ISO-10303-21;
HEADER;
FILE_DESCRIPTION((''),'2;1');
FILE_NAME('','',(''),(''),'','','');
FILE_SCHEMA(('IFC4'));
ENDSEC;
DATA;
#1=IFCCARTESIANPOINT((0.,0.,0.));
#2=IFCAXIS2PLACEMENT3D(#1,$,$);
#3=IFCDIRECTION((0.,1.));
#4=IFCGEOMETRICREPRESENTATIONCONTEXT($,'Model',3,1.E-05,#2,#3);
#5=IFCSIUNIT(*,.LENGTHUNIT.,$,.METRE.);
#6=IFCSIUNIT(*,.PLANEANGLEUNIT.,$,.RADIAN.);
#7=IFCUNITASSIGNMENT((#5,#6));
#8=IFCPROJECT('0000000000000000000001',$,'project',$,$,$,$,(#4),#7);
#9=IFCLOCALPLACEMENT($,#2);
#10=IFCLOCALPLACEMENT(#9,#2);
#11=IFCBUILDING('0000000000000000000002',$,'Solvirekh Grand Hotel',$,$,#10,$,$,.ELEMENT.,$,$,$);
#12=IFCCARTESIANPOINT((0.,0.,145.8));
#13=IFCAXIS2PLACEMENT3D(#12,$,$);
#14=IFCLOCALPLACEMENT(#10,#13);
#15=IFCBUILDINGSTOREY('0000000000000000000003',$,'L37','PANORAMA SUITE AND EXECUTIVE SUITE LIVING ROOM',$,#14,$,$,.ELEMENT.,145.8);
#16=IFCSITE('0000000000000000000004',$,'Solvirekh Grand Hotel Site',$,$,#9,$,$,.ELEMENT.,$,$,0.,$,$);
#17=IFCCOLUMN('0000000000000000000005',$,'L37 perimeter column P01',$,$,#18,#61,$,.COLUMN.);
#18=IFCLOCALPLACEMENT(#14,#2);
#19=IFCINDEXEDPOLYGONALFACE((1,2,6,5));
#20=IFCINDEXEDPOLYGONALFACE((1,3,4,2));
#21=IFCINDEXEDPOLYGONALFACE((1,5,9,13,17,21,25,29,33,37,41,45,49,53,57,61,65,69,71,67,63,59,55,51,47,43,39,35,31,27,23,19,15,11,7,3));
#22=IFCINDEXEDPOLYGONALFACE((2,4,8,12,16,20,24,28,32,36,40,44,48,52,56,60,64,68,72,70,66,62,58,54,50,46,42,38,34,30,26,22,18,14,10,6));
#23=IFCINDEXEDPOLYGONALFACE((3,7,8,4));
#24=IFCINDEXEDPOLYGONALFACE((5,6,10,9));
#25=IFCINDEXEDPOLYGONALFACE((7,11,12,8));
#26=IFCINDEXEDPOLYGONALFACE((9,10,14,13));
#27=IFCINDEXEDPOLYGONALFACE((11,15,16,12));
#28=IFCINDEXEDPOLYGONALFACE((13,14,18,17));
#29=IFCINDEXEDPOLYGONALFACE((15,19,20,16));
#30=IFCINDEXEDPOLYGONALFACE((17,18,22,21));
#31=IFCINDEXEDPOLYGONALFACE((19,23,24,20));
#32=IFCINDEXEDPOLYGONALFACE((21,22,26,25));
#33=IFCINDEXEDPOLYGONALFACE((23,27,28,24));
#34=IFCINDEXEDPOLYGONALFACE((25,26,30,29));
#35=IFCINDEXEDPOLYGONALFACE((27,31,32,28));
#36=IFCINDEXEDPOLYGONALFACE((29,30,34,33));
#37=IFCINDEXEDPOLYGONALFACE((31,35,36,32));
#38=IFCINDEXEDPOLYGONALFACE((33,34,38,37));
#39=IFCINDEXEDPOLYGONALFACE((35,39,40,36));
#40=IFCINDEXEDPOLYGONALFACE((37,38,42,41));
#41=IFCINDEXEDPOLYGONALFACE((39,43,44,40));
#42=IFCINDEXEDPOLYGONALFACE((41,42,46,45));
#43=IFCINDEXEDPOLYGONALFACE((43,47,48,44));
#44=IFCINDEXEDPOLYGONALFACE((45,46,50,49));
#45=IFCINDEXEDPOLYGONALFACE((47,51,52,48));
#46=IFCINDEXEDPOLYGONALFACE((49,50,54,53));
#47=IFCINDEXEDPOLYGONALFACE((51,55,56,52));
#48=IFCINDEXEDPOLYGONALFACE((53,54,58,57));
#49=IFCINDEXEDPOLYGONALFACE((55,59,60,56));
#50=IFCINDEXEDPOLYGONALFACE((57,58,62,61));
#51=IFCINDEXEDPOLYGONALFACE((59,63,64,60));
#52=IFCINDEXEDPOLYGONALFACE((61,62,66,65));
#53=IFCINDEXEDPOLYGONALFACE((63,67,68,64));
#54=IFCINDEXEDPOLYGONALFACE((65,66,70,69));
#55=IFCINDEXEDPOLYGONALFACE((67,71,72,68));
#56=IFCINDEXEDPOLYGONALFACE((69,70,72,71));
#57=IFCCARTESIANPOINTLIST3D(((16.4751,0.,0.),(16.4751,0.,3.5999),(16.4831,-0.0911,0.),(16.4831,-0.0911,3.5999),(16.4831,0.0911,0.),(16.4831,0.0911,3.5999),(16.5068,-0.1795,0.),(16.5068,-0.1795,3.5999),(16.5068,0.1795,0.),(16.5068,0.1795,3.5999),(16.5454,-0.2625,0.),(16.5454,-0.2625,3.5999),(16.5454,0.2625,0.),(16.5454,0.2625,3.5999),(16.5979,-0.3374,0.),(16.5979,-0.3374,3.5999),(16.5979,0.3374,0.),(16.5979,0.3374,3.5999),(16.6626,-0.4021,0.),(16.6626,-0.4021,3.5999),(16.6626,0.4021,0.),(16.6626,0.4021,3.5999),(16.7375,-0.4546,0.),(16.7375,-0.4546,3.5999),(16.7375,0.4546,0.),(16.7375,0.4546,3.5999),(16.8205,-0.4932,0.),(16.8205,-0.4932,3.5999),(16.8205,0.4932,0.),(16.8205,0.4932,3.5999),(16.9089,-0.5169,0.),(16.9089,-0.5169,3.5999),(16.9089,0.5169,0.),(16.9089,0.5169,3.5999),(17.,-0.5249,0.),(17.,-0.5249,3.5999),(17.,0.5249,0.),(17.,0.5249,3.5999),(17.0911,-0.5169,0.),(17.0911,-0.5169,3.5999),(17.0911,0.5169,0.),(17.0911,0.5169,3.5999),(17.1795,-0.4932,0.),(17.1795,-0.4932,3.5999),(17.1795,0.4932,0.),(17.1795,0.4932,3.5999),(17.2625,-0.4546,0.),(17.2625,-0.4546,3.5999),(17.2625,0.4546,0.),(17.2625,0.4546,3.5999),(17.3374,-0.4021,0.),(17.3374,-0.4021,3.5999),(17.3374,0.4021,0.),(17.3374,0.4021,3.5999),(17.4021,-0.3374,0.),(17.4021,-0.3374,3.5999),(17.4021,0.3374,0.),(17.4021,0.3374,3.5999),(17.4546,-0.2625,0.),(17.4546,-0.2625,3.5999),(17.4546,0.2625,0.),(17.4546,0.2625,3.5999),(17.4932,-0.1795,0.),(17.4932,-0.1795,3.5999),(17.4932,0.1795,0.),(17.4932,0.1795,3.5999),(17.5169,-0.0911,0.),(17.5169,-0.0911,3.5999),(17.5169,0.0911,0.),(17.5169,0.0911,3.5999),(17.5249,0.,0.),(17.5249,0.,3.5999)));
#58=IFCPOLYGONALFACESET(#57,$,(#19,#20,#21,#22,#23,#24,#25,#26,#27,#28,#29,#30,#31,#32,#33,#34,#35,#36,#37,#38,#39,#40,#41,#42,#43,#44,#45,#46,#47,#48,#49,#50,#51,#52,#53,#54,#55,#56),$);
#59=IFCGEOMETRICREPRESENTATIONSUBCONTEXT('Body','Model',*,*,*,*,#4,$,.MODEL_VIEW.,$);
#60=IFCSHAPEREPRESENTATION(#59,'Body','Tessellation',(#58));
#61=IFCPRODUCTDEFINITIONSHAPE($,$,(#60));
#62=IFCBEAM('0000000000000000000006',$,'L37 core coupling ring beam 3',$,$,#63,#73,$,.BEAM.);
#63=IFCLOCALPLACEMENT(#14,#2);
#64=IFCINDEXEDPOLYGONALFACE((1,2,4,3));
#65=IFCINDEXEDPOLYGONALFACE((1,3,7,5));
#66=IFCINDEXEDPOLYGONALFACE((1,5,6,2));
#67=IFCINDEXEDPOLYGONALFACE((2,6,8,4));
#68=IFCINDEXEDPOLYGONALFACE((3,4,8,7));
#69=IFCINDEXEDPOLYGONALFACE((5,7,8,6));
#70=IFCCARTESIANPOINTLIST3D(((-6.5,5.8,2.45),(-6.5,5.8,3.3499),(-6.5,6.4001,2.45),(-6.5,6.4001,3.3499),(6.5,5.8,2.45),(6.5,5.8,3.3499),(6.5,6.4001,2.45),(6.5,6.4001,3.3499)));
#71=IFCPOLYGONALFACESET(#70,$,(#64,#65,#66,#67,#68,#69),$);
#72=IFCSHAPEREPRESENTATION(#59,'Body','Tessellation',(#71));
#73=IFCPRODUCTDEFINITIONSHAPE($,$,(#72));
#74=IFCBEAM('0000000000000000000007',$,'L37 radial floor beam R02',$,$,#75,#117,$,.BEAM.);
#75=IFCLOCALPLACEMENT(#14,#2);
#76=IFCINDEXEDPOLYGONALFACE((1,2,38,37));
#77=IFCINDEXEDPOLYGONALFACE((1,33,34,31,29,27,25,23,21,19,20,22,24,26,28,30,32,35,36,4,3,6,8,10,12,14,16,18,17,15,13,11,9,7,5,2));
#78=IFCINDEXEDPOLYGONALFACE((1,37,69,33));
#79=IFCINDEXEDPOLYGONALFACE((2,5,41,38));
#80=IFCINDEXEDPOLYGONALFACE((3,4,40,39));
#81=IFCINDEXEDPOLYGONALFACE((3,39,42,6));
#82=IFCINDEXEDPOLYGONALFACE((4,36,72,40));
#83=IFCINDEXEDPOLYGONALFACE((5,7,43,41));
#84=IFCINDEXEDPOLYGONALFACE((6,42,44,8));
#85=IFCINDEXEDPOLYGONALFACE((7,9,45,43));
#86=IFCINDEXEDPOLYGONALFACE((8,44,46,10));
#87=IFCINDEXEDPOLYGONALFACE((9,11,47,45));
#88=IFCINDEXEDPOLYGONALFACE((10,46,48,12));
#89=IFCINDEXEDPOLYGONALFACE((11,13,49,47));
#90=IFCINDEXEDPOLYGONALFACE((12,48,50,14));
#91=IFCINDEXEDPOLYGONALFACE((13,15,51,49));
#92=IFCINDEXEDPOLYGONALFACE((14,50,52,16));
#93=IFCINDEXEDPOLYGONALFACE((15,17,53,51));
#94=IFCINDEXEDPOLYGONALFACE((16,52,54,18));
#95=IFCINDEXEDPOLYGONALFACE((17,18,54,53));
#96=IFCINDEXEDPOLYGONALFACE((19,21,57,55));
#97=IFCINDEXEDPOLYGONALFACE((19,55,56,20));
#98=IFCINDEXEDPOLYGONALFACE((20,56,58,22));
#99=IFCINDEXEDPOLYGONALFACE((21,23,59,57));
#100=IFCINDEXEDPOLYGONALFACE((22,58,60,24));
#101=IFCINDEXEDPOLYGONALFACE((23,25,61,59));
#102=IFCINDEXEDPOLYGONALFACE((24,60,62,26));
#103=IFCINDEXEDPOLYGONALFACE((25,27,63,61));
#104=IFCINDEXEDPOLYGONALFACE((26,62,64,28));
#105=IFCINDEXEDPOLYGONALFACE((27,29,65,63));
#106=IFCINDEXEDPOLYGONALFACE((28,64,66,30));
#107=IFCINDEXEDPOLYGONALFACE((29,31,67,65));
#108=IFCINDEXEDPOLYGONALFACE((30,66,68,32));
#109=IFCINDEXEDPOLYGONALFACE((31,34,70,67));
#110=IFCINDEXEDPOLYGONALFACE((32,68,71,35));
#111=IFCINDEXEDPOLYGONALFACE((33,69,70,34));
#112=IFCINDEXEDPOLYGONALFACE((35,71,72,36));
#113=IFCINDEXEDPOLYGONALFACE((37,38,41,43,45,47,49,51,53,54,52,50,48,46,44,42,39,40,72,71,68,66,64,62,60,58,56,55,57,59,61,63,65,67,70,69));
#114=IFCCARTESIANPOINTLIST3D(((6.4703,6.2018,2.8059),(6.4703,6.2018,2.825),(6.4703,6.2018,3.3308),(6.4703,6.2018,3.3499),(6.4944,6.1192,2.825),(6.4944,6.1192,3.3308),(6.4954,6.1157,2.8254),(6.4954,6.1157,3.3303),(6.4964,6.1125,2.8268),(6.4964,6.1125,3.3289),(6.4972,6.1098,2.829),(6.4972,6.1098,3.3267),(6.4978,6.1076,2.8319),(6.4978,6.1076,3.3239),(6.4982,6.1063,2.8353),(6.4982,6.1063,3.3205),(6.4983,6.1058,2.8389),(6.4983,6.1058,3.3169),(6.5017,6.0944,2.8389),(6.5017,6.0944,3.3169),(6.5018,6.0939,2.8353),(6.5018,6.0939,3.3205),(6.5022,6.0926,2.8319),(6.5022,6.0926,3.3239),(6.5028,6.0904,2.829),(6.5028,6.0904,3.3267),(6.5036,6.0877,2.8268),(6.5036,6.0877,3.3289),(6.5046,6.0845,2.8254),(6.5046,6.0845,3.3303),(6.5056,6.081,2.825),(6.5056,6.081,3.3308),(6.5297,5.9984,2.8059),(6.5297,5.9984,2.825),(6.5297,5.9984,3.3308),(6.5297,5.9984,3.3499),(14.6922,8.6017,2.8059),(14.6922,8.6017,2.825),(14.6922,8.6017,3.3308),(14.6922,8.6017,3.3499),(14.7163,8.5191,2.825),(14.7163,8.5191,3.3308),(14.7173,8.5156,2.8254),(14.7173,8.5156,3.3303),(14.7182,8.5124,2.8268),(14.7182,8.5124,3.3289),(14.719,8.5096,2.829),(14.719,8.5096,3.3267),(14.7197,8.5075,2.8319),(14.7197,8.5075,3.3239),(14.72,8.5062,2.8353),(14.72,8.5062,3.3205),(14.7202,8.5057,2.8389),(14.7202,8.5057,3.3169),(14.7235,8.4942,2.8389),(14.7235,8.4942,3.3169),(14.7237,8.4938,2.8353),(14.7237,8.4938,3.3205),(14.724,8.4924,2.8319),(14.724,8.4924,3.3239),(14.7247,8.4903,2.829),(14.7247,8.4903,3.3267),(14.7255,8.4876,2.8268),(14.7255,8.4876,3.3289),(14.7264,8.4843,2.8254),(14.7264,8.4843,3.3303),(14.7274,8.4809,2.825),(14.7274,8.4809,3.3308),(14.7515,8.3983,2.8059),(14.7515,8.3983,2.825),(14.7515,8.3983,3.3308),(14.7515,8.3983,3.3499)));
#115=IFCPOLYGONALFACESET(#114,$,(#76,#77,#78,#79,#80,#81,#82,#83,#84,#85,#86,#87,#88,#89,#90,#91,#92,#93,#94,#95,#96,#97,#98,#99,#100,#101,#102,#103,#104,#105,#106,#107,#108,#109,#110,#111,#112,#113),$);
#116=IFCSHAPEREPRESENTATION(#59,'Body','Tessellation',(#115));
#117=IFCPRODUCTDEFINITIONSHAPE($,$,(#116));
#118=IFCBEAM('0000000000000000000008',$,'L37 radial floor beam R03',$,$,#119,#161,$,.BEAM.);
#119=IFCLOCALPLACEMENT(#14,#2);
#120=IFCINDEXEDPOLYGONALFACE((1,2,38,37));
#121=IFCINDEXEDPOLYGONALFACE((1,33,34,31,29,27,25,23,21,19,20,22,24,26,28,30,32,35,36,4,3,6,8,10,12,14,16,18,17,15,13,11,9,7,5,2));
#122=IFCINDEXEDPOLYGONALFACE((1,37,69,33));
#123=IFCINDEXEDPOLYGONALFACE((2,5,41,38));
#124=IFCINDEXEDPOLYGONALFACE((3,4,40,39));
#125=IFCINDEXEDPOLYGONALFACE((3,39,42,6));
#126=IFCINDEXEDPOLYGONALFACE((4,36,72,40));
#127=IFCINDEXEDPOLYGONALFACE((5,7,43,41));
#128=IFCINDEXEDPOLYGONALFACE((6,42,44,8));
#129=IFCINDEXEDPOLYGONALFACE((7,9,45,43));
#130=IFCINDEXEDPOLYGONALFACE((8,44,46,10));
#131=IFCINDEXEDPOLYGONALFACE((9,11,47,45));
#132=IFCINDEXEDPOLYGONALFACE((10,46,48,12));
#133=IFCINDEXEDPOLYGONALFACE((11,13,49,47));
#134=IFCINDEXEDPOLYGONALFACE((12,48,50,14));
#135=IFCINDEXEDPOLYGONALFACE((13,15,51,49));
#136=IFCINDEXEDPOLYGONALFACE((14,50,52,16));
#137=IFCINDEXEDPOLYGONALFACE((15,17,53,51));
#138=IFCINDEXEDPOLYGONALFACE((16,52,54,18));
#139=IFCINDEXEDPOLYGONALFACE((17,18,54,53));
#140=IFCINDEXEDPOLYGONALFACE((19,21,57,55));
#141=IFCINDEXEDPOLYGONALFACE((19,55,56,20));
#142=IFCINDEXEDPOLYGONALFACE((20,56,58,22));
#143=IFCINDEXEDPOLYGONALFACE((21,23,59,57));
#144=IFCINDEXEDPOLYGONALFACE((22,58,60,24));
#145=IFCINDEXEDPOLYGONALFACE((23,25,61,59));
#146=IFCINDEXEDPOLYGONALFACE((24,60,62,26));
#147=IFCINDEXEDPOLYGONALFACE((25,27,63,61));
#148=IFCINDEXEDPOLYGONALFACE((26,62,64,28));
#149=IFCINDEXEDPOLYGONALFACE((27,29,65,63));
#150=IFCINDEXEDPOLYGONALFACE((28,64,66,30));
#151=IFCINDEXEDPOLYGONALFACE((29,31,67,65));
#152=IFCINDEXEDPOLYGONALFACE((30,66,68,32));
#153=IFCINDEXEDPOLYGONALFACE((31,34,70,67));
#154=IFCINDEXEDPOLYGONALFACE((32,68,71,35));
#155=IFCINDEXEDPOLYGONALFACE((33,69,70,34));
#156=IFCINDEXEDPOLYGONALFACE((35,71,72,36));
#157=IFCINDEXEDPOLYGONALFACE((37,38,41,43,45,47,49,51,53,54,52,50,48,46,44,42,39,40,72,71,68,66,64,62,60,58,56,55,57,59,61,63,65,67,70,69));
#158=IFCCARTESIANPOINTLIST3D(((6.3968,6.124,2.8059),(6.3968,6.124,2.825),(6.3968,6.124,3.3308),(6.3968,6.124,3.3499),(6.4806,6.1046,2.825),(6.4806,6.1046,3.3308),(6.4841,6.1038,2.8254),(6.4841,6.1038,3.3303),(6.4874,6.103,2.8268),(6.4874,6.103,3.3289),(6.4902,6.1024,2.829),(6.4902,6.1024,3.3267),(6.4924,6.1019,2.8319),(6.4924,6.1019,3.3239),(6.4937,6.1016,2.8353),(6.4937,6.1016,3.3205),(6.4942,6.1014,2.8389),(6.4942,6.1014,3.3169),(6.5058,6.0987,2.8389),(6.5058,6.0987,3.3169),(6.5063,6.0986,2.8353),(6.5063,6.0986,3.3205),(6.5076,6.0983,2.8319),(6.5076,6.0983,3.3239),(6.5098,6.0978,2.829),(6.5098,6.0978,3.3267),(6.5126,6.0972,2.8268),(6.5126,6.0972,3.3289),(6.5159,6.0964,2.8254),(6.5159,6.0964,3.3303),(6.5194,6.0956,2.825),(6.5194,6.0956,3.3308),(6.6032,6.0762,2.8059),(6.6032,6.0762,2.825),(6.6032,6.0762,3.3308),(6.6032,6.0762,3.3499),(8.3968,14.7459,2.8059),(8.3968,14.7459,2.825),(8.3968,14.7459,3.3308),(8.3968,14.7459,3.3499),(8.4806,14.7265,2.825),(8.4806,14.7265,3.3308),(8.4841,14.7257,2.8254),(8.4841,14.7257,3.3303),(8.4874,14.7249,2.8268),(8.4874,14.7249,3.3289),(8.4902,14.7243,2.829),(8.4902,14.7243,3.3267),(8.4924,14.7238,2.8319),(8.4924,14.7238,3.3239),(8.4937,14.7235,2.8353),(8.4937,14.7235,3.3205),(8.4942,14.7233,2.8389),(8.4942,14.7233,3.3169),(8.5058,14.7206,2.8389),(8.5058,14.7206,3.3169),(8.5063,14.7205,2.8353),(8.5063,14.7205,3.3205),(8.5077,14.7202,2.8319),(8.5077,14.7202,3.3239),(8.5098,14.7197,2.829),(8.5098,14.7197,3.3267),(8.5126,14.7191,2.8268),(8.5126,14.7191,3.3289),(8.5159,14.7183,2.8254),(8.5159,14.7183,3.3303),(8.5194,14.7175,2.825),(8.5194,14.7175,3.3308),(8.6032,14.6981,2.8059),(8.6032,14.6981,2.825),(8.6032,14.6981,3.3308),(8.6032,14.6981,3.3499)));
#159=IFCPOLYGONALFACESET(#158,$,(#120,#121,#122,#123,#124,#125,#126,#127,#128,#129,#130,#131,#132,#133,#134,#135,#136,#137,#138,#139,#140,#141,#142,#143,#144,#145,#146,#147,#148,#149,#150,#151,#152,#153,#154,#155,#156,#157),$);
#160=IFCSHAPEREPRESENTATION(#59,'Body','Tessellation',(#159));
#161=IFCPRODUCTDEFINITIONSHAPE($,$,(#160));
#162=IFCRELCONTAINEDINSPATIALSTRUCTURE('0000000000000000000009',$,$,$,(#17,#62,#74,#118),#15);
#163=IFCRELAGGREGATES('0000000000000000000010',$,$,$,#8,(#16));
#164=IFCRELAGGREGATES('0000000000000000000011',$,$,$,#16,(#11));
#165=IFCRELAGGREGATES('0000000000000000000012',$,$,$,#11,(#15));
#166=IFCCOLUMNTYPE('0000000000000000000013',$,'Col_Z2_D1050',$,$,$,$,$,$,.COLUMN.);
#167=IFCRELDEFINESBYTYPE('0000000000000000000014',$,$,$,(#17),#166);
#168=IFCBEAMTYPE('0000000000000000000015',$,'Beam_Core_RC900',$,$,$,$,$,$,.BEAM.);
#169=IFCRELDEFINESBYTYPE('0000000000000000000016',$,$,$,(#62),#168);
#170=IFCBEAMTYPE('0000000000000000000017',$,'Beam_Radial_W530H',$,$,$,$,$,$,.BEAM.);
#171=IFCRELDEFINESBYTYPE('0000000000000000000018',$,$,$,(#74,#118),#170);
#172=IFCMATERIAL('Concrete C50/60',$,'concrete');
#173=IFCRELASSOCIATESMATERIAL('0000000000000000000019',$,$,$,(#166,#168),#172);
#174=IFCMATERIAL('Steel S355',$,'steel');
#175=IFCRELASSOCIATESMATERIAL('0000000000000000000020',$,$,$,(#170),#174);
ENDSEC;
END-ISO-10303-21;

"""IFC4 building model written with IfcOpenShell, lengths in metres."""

from ifc_helpers import new_model, si_unit, direction, frame, origin, origin_2d, place, context, subcontext, project, spatial, rectangle, circle, i_section, extrude, material, material_profile, profile_set, type_object, element, save


model = new_model("IFC4")

# Units and contexts
model_context = context("Model", 3, precision=1e-05, world=origin(), true_north=direction((0.0, 1.0)))
body_context = subcontext(model_context, "Body", "Model", "MODEL_VIEW")
ifc_project = project(units=[si_unit("LENGTHUNIT", "METRE"), si_unit("PLANEANGLEUNIT", "RADIAN")], contexts=[model_context])

# Site, building, storey
site_placement = place(None, origin())
site = spatial("IfcSite", under=ifc_project, at=site_placement, Name="Solvirekh Grand Hotel Site", CompositionType="ELEMENT", RefElevation=0.0)
building_placement = place(site_placement, origin())
building = spatial("IfcBuilding", under=site, at=building_placement, Name="Solvirekh Grand Hotel", CompositionType="ELEMENT")
storey_placement = place(building_placement, frame((0.0, 0.0, 145.8)))
storey = spatial("IfcBuildingStorey", under=building, at=storey_placement, Name="L37", Description="PANORAMA SUITE AND EXECUTIVE SUITE LIVING ROOM", CompositionType="ELEMENT", Elevation=145.8)

# Column
ifc_material_1 = material(Name="Concrete C50/60", Category="concrete")
ifc_material_profile_1 = material_profile(ifc_material_1, circle(Radius=0.5249, at=origin_2d()), Name="RC CIRC D1050")
ifc_profile_set_1 = profile_set([ifc_material_profile_1], Name="Concrete C50/60")
column_type = type_object("IfcColumnType", Name="Col_Z2_D1050", PredefinedType="COLUMN", material=ifc_profile_set_1)
column_placement = place(storey_placement, frame((17.0, 0.0, 0.0), z_axis=(0.0, 0.0, 1.0), x_axis=(1.0, 0.0, 0.0)))
element("IfcColumn", 1, at=column_placement, inside=storey, type_object=column_type, Name="L37 perimeter column P01", PredefinedType="COLUMN", context=body_context, shape_type="SweptSolid", body=[
    extrude(circle(Radius=0.5249, at=origin_2d()), origin(), (0.0, 0.0, 1.0), 3.5999),
])

# Beams
ifc_material_profile_2 = material_profile(ifc_material_1, rectangle(XDim=0.6001, YDim=0.8999, at=origin_2d()), Name="RC BEAM 600X900")
ifc_profile_set_2 = profile_set([ifc_material_profile_2], Name="Concrete C50/60")
beam_type_1 = type_object("IfcBeamType", Name="Beam_Core_RC900", PredefinedType="BEAM", material=ifc_profile_set_2)
beam_1_placement = place(storey_placement, frame((6.5, 6.1001, 2.8999), z_axis=(-1.0, 0.0, 0.0), x_axis=(0.0, -1.0, 0.0)))
element("IfcBeam", 2, at=beam_1_placement, inside=storey, type_object=beam_type_1, Name="L37 core coupling ring beam 3", PredefinedType="BEAM", context=body_context, shape_type="SweptSolid", body=[
    extrude(rectangle(XDim=0.6001, YDim=0.8999, at=origin_2d()), origin(), (0.0, 0.0, 1.0), 13.0),
])
ifc_material_2 = material(Name="Steel S355", Category="steel")
ifc_material_profile_3 = material_profile(ifc_material_2, i_section(OverallWidth=0.2119, OverallDepth=0.5439, WebThickness=0.012, FlangeThickness=0.019, FilletRadius=0.0139, at=origin_2d()), Name="W530X123")
ifc_profile_set_3 = profile_set([ifc_material_profile_3], Name="Steel S355")
beam_type_2 = type_object("IfcBeamType", Name="Beam_Radial_W530H", PredefinedType="BEAM", material=ifc_profile_set_3)
beam_2_placement = place(storey_placement, frame((6.5, 6.1001, 3.0779), z_axis=(0.959942, 0.280198, 0.0), x_axis=(-0.280198, 0.959942, 0.0)))
element("IfcBeam", 3, at=beam_2_placement, inside=storey, type_object=beam_type_2, Name="L37 radial floor beam R02", PredefinedType="BEAM", context=body_context, shape_type="SweptSolid", body=[
    extrude(i_section(OverallWidth=0.2119, OverallDepth=0.5439, WebThickness=0.012, FlangeThickness=0.019, FilletRadius=0.0139, at=origin_2d()), origin(), (0.0, 0.0, 1.0), 8.5649),
])
beam_3_placement = place(storey_placement, frame((6.5, 6.1001, 3.0779), z_axis=(0.225969, 0.974134, 0.0), x_axis=(-0.974134, 0.225969, 0.0)))
element("IfcBeam", 4, at=beam_3_placement, inside=storey, type_object=beam_type_2, Name="L37 radial floor beam R03", PredefinedType="BEAM", context=body_context, shape_type="SweptSolid", body=[
    extrude(i_section(OverallWidth=0.2119, OverallDepth=0.5439, WebThickness=0.012, FlangeThickness=0.019, FilletRadius=0.0139, at=origin_2d()), origin(), (0.0, 0.0, 1.0), 8.8508),
])

save(model, "model.ifc")
